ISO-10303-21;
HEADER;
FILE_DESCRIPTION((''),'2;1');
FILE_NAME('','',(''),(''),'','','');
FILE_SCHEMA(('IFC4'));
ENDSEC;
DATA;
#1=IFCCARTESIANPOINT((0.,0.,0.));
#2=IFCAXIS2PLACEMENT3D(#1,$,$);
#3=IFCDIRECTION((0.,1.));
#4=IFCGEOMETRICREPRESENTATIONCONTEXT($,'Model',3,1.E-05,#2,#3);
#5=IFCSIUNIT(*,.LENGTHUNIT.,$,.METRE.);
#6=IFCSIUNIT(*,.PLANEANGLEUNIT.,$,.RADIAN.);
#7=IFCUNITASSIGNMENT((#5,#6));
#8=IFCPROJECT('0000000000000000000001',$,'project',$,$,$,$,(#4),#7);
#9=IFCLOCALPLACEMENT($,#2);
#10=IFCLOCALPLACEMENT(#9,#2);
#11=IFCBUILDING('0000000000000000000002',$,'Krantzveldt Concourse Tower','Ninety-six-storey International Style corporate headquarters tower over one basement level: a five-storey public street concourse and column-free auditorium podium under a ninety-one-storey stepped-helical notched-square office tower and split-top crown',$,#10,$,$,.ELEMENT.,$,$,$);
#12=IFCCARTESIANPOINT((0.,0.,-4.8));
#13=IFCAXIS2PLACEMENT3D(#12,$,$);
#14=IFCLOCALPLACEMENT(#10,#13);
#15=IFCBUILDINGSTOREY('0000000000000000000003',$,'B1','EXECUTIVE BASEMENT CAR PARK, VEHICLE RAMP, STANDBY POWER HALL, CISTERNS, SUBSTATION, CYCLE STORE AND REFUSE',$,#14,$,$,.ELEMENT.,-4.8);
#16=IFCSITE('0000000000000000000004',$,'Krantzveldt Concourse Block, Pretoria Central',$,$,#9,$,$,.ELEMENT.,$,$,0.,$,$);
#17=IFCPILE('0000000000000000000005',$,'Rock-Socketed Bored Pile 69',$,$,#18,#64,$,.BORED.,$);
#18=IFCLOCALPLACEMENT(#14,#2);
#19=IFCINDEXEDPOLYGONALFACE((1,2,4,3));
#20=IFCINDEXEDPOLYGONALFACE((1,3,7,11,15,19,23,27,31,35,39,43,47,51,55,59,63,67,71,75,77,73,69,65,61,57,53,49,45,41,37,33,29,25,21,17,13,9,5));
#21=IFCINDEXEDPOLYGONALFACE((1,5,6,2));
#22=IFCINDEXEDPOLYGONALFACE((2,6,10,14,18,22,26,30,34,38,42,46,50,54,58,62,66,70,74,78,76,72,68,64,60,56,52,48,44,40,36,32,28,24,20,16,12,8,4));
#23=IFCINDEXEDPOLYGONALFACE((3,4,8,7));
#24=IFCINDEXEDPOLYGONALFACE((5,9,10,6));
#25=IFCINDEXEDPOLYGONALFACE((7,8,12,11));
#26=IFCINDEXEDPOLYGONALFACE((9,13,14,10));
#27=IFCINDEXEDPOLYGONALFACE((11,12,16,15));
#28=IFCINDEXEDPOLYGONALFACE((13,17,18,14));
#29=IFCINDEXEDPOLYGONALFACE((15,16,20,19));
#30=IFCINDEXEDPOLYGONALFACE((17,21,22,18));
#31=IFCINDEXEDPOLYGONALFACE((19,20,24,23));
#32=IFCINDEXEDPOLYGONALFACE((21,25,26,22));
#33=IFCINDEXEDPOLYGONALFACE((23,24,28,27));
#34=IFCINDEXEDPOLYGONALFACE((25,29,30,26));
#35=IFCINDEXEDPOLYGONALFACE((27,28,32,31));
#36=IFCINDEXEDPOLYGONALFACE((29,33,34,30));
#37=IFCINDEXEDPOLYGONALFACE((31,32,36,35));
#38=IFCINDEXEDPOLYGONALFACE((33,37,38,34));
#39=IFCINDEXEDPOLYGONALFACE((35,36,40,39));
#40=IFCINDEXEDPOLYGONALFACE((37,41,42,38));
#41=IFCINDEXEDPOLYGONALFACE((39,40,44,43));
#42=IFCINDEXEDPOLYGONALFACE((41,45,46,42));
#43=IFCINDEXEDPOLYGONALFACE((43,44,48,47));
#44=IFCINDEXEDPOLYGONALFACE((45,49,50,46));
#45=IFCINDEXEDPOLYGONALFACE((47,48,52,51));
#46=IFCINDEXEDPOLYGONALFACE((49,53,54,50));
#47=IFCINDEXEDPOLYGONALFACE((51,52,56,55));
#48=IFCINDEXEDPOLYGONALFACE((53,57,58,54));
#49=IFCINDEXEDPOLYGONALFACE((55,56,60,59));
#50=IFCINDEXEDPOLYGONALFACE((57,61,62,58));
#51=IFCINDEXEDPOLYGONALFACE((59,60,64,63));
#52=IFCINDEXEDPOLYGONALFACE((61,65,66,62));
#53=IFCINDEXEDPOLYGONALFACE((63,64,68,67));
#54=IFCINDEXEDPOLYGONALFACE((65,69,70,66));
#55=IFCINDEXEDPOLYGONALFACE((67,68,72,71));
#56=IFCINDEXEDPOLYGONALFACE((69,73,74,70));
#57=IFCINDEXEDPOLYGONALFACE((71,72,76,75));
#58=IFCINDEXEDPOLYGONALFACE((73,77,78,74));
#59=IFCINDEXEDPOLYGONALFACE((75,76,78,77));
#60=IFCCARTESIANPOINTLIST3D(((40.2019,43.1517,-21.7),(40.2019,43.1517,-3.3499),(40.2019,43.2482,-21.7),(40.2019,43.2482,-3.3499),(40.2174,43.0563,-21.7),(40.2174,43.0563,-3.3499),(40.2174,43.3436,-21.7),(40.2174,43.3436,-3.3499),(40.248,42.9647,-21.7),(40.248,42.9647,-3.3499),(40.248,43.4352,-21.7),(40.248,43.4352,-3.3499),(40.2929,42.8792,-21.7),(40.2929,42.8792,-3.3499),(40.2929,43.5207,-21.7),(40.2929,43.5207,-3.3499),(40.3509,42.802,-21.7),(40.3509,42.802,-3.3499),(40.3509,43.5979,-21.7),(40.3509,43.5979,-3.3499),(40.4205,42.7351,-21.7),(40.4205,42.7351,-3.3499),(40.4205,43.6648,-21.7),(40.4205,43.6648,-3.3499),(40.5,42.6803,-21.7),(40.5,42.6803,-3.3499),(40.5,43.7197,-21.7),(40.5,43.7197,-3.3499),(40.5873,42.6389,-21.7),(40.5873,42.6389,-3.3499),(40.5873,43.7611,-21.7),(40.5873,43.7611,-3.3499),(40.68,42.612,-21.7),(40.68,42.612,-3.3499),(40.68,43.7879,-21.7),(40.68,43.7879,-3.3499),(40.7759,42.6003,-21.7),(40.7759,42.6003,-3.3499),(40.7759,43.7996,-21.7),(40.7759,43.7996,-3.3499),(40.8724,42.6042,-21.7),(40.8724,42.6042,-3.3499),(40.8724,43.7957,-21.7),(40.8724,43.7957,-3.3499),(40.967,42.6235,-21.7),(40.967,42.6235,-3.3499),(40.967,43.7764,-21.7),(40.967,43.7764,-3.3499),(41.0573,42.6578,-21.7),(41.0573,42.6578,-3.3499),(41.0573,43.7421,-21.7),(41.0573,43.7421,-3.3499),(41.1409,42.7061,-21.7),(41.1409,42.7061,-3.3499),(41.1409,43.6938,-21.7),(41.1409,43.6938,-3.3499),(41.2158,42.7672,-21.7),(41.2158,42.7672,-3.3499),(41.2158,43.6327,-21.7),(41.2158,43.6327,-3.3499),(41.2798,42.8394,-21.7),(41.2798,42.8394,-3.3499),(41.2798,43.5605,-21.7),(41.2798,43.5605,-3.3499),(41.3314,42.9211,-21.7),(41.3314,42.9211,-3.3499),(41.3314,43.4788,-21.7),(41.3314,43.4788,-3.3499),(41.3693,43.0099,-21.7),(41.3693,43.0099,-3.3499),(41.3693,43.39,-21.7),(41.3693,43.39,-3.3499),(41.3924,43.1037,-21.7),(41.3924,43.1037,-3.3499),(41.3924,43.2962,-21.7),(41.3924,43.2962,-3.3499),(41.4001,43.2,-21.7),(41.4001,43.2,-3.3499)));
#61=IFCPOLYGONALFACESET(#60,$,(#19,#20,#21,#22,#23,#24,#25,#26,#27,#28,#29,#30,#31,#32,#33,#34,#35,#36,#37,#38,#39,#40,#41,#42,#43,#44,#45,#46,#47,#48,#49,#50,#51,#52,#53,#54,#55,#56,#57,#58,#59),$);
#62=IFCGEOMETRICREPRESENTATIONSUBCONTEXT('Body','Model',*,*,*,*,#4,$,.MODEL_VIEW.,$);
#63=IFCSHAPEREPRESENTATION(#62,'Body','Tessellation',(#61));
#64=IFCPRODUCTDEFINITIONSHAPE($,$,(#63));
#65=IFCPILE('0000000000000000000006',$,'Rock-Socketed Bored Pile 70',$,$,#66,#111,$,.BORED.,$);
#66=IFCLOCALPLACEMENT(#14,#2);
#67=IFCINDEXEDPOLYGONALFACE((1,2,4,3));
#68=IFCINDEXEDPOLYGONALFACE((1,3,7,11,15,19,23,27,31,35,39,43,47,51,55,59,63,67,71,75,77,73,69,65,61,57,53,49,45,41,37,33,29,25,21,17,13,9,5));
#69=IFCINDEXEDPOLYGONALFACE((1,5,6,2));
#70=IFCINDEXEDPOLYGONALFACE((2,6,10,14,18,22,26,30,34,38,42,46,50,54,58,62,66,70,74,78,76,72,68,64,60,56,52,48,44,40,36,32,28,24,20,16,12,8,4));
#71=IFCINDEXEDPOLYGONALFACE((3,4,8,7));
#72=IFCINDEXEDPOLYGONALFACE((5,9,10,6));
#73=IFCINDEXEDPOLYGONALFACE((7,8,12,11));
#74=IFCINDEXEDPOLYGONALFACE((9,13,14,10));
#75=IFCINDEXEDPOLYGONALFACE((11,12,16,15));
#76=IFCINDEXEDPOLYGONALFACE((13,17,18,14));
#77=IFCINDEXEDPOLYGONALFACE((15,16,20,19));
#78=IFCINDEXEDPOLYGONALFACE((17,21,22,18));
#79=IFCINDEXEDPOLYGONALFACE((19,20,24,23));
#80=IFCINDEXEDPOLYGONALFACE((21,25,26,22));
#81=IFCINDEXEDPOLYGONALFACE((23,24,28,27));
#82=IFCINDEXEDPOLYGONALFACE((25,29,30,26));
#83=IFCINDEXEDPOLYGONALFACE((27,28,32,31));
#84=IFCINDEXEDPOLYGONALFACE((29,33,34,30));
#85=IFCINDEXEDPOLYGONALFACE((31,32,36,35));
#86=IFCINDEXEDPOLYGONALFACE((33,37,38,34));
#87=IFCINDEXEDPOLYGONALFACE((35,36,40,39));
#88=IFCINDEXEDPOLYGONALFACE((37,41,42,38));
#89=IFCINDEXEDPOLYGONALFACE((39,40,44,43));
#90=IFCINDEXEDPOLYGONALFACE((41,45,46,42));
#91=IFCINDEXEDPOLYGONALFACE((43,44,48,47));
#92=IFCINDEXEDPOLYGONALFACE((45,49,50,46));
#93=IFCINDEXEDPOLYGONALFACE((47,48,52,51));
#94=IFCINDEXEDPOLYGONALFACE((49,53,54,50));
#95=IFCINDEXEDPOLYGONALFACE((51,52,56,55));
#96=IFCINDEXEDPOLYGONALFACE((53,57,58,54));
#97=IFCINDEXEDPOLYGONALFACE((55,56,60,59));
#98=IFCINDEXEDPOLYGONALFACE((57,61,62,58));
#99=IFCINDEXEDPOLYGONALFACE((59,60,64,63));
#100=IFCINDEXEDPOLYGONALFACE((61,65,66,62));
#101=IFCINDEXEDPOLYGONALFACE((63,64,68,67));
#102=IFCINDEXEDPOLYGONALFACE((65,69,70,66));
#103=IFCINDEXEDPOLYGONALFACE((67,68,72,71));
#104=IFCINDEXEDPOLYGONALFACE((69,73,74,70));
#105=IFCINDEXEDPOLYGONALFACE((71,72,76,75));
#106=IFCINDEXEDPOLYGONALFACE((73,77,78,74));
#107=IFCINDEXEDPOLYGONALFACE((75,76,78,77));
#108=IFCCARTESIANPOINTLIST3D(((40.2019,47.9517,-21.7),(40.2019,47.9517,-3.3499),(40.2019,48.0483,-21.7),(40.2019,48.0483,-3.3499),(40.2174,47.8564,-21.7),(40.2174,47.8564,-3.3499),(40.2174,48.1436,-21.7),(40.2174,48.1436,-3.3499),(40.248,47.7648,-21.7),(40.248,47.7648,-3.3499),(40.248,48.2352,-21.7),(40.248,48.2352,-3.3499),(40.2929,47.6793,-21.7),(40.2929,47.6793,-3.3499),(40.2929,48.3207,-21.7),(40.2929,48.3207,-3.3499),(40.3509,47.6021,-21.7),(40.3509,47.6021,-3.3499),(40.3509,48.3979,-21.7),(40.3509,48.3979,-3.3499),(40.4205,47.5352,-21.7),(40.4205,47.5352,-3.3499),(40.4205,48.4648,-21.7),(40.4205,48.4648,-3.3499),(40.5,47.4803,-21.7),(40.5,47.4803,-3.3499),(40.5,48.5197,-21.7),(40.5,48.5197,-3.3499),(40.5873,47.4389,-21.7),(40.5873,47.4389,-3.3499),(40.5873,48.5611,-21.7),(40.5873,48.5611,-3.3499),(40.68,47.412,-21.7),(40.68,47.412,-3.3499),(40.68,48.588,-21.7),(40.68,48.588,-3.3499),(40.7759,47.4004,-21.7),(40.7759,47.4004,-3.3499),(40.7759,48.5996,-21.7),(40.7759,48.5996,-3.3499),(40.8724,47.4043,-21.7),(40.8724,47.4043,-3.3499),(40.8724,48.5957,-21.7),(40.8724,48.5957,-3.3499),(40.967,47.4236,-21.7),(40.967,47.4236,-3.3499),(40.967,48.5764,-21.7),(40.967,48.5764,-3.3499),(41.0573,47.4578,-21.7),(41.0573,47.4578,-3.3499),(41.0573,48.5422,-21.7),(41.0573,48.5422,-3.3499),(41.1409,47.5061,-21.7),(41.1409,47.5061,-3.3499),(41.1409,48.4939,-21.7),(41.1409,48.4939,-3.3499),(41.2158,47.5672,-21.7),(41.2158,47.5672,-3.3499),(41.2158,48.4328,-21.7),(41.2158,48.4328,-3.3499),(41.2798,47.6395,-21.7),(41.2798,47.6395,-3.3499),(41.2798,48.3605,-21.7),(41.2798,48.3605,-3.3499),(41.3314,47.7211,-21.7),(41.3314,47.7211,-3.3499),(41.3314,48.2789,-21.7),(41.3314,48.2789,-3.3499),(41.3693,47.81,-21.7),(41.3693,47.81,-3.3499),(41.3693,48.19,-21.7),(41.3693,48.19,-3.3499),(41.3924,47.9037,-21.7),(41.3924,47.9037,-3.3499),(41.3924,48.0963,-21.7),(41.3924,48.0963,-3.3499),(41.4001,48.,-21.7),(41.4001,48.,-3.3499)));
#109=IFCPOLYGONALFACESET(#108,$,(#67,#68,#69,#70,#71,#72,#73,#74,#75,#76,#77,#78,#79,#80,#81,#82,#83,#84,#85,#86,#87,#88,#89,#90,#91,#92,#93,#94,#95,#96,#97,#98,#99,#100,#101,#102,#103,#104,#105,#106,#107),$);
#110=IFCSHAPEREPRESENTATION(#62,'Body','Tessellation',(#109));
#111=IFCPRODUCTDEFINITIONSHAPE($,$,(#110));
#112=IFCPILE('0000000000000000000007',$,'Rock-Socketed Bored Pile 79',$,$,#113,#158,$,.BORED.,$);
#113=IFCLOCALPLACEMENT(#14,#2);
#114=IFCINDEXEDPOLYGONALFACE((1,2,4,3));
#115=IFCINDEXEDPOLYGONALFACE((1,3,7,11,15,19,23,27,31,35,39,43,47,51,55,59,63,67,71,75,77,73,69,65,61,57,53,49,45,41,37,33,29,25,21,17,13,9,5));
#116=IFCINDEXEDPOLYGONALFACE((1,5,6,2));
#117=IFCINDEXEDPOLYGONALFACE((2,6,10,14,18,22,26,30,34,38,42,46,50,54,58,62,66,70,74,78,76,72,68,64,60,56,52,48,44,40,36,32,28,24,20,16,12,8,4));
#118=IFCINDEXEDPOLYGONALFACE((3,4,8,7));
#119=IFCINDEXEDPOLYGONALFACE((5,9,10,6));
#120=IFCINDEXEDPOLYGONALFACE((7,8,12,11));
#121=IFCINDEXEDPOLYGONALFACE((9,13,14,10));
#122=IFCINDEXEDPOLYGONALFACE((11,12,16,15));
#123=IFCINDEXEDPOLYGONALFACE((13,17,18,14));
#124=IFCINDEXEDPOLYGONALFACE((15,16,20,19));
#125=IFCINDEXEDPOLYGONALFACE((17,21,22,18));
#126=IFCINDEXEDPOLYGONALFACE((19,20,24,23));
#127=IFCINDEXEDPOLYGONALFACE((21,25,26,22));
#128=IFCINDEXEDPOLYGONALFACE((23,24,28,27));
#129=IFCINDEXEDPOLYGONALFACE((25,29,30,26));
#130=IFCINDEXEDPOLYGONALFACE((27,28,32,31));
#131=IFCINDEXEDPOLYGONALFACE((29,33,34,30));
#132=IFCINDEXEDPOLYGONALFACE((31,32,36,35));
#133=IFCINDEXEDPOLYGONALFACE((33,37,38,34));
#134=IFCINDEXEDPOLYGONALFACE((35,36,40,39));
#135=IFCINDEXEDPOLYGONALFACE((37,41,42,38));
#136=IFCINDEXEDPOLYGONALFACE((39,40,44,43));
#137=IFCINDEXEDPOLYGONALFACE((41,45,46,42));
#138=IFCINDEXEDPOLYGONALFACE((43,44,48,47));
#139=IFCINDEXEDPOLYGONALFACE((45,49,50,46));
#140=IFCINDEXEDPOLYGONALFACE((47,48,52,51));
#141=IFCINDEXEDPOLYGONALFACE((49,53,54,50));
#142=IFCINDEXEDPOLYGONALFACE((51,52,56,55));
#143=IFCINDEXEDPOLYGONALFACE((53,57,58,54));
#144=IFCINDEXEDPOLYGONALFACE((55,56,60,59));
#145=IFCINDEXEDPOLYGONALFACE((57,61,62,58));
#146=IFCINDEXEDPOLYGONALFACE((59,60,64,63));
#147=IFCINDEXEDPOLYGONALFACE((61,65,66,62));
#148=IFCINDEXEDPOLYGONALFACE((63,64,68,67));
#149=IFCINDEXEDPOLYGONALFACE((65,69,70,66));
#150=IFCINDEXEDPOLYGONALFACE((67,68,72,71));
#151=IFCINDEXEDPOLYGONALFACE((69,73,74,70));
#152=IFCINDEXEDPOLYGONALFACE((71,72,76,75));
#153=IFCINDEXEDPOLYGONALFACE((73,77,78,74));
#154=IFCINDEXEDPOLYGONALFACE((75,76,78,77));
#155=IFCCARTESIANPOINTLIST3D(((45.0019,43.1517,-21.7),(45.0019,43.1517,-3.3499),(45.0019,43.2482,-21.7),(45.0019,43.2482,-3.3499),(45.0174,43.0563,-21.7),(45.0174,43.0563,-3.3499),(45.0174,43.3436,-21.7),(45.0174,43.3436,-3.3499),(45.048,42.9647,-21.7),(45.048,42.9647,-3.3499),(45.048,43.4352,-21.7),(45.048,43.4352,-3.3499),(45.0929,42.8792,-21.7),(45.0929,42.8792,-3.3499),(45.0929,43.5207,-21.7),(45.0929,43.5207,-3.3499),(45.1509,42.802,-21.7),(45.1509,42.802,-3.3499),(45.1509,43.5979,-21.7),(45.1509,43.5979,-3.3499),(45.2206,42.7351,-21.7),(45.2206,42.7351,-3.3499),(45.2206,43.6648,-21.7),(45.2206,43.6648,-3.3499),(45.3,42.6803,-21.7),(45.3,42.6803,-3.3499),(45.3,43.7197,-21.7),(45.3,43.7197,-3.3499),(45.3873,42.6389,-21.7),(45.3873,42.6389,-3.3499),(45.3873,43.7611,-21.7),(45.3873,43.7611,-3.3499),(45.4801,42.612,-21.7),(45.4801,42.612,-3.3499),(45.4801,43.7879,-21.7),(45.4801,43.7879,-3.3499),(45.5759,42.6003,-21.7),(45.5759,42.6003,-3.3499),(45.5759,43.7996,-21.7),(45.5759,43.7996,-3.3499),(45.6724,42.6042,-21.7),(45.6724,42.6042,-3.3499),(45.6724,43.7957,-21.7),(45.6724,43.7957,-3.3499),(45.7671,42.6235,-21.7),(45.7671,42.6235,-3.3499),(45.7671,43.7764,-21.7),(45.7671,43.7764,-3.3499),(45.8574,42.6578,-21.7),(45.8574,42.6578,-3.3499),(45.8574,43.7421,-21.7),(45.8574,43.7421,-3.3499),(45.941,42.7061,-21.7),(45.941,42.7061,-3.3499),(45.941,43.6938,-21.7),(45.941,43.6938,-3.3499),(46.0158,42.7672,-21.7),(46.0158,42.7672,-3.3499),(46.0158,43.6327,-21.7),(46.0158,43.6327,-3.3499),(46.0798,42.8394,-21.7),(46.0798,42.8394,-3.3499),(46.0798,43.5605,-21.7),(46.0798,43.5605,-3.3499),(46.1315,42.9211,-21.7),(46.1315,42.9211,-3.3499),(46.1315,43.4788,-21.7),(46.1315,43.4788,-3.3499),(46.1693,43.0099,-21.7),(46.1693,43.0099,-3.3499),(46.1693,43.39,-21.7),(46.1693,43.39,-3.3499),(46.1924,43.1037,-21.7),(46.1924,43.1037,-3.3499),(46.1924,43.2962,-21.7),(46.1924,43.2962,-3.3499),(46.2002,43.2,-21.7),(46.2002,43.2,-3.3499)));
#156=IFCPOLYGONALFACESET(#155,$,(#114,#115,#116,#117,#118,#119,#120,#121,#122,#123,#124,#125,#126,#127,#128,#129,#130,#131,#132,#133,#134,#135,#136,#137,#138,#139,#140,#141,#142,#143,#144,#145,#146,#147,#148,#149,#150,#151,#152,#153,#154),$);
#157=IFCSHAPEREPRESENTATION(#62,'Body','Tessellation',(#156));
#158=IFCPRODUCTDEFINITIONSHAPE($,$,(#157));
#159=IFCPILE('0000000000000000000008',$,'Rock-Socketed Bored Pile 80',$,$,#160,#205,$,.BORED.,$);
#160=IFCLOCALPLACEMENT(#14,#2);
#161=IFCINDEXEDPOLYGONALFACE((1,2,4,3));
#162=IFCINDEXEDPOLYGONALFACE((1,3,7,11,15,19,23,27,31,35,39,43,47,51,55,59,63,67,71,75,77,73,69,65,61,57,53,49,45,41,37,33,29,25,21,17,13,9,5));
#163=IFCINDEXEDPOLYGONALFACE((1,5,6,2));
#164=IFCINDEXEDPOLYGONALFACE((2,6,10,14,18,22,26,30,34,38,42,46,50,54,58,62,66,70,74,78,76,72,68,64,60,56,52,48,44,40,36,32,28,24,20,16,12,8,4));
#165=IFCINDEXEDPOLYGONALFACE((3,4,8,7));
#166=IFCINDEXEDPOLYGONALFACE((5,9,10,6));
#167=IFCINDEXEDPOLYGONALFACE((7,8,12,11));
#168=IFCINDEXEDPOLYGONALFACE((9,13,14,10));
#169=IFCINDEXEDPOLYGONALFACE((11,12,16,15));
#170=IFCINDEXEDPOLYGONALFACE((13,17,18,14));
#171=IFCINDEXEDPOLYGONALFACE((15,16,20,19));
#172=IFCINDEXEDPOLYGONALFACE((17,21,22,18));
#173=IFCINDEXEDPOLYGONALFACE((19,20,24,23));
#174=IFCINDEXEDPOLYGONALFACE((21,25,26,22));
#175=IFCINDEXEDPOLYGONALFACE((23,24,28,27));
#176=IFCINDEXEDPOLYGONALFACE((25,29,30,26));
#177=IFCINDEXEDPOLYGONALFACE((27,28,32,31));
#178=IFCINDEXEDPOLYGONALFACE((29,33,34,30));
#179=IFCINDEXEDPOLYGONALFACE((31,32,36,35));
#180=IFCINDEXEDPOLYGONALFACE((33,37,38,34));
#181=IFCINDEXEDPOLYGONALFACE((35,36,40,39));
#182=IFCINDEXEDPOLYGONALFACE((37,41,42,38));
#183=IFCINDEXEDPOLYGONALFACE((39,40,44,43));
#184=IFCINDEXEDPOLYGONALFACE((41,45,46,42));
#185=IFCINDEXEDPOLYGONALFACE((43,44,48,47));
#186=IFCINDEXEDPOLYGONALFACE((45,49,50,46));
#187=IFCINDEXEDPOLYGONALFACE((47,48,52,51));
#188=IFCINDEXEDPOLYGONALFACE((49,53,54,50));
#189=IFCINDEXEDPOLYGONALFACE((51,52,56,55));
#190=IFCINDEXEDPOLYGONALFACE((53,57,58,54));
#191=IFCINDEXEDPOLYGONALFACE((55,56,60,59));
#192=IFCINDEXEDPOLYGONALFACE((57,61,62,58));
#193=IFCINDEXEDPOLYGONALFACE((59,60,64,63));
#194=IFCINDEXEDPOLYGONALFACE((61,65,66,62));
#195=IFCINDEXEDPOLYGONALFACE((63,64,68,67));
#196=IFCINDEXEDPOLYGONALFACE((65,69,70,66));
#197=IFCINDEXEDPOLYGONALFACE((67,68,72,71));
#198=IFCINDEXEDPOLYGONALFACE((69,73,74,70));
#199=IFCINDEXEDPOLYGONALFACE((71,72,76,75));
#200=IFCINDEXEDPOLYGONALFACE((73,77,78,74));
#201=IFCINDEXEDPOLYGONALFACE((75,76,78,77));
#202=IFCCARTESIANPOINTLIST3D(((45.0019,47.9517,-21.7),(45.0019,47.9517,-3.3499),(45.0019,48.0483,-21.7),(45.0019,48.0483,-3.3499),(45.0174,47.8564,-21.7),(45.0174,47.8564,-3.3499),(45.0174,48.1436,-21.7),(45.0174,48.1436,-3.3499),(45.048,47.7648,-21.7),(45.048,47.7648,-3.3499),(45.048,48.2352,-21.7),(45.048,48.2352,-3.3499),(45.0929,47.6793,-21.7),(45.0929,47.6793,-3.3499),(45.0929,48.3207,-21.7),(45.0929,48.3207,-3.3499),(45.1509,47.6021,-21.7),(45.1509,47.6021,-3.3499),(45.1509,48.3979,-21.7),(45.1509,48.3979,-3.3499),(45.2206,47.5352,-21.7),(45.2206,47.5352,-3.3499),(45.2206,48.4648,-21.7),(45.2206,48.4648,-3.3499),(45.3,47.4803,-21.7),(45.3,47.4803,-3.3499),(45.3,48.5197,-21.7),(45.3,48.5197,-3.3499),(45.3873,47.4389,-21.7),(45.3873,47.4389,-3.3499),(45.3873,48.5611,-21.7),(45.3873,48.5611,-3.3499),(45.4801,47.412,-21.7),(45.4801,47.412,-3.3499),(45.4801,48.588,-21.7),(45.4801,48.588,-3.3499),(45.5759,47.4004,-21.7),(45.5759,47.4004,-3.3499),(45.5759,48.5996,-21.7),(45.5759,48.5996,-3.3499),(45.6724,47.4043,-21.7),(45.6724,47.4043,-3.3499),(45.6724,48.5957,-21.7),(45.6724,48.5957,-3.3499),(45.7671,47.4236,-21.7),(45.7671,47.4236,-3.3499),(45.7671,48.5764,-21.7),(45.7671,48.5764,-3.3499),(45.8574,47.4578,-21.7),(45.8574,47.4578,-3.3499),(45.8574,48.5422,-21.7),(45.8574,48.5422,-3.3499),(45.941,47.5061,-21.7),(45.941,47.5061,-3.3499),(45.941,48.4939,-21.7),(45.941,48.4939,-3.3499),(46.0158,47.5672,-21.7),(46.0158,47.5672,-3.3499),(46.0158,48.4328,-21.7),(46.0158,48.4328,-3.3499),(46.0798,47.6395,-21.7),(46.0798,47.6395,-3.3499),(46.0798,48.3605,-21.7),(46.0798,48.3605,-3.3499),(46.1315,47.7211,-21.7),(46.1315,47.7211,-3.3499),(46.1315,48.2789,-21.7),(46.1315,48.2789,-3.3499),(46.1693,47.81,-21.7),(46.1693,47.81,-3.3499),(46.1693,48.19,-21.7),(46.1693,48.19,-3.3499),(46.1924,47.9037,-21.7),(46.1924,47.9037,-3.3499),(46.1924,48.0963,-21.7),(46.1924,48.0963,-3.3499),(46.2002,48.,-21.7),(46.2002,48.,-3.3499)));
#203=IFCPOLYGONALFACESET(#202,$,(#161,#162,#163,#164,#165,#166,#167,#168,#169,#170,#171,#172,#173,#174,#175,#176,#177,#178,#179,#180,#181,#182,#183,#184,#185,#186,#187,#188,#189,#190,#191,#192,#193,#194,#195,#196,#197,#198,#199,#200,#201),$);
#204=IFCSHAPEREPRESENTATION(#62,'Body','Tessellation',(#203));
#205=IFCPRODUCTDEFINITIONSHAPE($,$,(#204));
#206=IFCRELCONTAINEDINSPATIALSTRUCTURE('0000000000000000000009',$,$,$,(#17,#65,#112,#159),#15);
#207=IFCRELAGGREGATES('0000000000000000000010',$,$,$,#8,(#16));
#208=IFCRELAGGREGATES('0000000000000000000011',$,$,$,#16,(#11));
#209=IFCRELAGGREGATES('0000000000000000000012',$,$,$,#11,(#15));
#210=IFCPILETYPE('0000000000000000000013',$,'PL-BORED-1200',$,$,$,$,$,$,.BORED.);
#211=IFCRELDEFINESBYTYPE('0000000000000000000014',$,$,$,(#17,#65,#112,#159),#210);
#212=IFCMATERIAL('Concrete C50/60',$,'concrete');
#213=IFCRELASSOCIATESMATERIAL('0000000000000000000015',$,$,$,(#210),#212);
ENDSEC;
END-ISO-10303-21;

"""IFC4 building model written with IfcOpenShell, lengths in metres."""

from ifc_helpers import new_model, si_unit, direction, frame, origin, origin_2d, place, context, subcontext, project, spatial, circle, extrude, source, transform, mapped, material, material_profile, profile_set, type_object, type_shapes, element, save


model = new_model("IFC4")

# Units and contexts
model_context = context("Model", 3, precision=1e-05, world=origin(), true_north=direction((0.0, 1.0)))
body_context = subcontext(model_context, "Body", "Model", "MODEL_VIEW")
ifc_project = project(units=[si_unit("LENGTHUNIT", "METRE"), si_unit("PLANEANGLEUNIT", "RADIAN")], contexts=[model_context])

# Site, building, storey
site_placement = place(None, origin())
site = spatial("IfcSite", under=ifc_project, at=site_placement, Name="Krantzveldt Concourse Block, Pretoria Central", CompositionType="ELEMENT", RefElevation=0.0)
building_placement = place(site_placement, origin())
building = spatial("IfcBuilding", under=site, at=building_placement, Name="Krantzveldt Concourse Tower", Description="Ninety-six-storey International Style corporate headquarters tower over one basement level: a five-storey public street concourse and column-free auditorium podium under a ninety-one-storey stepped-helical notched-square office tower and split-top crown", CompositionType="ELEMENT")
storey_placement = place(building_placement, frame((0.0, 0.0, -4.8)))
storey = spatial("IfcBuildingStorey", under=building, at=storey_placement, Name="B1", Description="EXECUTIVE BASEMENT CAR PARK, VEHICLE RAMP, STANDBY POWER HALL, CISTERNS, SUBSTATION, CYCLE STORE AND REFUSE", CompositionType="ELEMENT", Elevation=-4.8)

# Piles
ifc_material_1 = material(Name="Concrete C50/60", Category="concrete")
ifc_material_profile_1 = material_profile(ifc_material_1, circle(Radius=0.6001, at=origin_2d()), Name="Concrete C50/60", Category="concrete")
ifc_profile_set_1 = profile_set([ifc_material_profile_1], Name="Concrete C50/60 - PILE D1200")
pile_type_1 = type_object("IfcPileType", Name="PL-BORED-1200", PredefinedType="BORED", material=ifc_profile_set_1)
shared_shape_1 = source(origin(), body_context, "Body", "SweptSolid", [
    extrude(circle(Radius=0.6001, at=origin_2d()), origin(), (0.0, 0.0, 1.0), 18.3501),
])
type_shapes(pile_type_1, [shared_shape_1])
for number, where, z_axis, x_axis, name in (
    (1, (40.8, 43.2, -3.3499), (0.0, 0.0, -1.0), (1.0, 0.0, 0.0), "Rock-Socketed Bored Pile 69"),
    (2, (40.8, 48.0, -3.3499), (0.0, 0.0, -1.0), (1.0, 0.0, 0.0), "Rock-Socketed Bored Pile 70"),
    (3, (45.6001, 43.2, -3.3499), (0.0, 0.0, -1.0), (1.0, 0.0, 0.0), "Rock-Socketed Bored Pile 79"),
    (4, (45.6001, 48.0, -3.3499), (0.0, 0.0, -1.0), (1.0, 0.0, 0.0), "Rock-Socketed Bored Pile 80"),
):
    element("IfcPile", number, at=place(storey_placement, frame(where, z_axis=z_axis, x_axis=x_axis)), inside=storey, type_object=pile_type_1, Name=name, PredefinedType="BORED", context=body_context, shape_type="MappedRepresentation", body=[
        mapped(shared_shape_1, transform((0.0, 0.0, 0.0), x_axis=(1.0, 0.0, 0.0), y_axis=(0.0, 1.0, 0.0), z_axis=(0.0, 0.0, 1.0), scale=1.0)),
    ])

save(model, "model.ifc")
